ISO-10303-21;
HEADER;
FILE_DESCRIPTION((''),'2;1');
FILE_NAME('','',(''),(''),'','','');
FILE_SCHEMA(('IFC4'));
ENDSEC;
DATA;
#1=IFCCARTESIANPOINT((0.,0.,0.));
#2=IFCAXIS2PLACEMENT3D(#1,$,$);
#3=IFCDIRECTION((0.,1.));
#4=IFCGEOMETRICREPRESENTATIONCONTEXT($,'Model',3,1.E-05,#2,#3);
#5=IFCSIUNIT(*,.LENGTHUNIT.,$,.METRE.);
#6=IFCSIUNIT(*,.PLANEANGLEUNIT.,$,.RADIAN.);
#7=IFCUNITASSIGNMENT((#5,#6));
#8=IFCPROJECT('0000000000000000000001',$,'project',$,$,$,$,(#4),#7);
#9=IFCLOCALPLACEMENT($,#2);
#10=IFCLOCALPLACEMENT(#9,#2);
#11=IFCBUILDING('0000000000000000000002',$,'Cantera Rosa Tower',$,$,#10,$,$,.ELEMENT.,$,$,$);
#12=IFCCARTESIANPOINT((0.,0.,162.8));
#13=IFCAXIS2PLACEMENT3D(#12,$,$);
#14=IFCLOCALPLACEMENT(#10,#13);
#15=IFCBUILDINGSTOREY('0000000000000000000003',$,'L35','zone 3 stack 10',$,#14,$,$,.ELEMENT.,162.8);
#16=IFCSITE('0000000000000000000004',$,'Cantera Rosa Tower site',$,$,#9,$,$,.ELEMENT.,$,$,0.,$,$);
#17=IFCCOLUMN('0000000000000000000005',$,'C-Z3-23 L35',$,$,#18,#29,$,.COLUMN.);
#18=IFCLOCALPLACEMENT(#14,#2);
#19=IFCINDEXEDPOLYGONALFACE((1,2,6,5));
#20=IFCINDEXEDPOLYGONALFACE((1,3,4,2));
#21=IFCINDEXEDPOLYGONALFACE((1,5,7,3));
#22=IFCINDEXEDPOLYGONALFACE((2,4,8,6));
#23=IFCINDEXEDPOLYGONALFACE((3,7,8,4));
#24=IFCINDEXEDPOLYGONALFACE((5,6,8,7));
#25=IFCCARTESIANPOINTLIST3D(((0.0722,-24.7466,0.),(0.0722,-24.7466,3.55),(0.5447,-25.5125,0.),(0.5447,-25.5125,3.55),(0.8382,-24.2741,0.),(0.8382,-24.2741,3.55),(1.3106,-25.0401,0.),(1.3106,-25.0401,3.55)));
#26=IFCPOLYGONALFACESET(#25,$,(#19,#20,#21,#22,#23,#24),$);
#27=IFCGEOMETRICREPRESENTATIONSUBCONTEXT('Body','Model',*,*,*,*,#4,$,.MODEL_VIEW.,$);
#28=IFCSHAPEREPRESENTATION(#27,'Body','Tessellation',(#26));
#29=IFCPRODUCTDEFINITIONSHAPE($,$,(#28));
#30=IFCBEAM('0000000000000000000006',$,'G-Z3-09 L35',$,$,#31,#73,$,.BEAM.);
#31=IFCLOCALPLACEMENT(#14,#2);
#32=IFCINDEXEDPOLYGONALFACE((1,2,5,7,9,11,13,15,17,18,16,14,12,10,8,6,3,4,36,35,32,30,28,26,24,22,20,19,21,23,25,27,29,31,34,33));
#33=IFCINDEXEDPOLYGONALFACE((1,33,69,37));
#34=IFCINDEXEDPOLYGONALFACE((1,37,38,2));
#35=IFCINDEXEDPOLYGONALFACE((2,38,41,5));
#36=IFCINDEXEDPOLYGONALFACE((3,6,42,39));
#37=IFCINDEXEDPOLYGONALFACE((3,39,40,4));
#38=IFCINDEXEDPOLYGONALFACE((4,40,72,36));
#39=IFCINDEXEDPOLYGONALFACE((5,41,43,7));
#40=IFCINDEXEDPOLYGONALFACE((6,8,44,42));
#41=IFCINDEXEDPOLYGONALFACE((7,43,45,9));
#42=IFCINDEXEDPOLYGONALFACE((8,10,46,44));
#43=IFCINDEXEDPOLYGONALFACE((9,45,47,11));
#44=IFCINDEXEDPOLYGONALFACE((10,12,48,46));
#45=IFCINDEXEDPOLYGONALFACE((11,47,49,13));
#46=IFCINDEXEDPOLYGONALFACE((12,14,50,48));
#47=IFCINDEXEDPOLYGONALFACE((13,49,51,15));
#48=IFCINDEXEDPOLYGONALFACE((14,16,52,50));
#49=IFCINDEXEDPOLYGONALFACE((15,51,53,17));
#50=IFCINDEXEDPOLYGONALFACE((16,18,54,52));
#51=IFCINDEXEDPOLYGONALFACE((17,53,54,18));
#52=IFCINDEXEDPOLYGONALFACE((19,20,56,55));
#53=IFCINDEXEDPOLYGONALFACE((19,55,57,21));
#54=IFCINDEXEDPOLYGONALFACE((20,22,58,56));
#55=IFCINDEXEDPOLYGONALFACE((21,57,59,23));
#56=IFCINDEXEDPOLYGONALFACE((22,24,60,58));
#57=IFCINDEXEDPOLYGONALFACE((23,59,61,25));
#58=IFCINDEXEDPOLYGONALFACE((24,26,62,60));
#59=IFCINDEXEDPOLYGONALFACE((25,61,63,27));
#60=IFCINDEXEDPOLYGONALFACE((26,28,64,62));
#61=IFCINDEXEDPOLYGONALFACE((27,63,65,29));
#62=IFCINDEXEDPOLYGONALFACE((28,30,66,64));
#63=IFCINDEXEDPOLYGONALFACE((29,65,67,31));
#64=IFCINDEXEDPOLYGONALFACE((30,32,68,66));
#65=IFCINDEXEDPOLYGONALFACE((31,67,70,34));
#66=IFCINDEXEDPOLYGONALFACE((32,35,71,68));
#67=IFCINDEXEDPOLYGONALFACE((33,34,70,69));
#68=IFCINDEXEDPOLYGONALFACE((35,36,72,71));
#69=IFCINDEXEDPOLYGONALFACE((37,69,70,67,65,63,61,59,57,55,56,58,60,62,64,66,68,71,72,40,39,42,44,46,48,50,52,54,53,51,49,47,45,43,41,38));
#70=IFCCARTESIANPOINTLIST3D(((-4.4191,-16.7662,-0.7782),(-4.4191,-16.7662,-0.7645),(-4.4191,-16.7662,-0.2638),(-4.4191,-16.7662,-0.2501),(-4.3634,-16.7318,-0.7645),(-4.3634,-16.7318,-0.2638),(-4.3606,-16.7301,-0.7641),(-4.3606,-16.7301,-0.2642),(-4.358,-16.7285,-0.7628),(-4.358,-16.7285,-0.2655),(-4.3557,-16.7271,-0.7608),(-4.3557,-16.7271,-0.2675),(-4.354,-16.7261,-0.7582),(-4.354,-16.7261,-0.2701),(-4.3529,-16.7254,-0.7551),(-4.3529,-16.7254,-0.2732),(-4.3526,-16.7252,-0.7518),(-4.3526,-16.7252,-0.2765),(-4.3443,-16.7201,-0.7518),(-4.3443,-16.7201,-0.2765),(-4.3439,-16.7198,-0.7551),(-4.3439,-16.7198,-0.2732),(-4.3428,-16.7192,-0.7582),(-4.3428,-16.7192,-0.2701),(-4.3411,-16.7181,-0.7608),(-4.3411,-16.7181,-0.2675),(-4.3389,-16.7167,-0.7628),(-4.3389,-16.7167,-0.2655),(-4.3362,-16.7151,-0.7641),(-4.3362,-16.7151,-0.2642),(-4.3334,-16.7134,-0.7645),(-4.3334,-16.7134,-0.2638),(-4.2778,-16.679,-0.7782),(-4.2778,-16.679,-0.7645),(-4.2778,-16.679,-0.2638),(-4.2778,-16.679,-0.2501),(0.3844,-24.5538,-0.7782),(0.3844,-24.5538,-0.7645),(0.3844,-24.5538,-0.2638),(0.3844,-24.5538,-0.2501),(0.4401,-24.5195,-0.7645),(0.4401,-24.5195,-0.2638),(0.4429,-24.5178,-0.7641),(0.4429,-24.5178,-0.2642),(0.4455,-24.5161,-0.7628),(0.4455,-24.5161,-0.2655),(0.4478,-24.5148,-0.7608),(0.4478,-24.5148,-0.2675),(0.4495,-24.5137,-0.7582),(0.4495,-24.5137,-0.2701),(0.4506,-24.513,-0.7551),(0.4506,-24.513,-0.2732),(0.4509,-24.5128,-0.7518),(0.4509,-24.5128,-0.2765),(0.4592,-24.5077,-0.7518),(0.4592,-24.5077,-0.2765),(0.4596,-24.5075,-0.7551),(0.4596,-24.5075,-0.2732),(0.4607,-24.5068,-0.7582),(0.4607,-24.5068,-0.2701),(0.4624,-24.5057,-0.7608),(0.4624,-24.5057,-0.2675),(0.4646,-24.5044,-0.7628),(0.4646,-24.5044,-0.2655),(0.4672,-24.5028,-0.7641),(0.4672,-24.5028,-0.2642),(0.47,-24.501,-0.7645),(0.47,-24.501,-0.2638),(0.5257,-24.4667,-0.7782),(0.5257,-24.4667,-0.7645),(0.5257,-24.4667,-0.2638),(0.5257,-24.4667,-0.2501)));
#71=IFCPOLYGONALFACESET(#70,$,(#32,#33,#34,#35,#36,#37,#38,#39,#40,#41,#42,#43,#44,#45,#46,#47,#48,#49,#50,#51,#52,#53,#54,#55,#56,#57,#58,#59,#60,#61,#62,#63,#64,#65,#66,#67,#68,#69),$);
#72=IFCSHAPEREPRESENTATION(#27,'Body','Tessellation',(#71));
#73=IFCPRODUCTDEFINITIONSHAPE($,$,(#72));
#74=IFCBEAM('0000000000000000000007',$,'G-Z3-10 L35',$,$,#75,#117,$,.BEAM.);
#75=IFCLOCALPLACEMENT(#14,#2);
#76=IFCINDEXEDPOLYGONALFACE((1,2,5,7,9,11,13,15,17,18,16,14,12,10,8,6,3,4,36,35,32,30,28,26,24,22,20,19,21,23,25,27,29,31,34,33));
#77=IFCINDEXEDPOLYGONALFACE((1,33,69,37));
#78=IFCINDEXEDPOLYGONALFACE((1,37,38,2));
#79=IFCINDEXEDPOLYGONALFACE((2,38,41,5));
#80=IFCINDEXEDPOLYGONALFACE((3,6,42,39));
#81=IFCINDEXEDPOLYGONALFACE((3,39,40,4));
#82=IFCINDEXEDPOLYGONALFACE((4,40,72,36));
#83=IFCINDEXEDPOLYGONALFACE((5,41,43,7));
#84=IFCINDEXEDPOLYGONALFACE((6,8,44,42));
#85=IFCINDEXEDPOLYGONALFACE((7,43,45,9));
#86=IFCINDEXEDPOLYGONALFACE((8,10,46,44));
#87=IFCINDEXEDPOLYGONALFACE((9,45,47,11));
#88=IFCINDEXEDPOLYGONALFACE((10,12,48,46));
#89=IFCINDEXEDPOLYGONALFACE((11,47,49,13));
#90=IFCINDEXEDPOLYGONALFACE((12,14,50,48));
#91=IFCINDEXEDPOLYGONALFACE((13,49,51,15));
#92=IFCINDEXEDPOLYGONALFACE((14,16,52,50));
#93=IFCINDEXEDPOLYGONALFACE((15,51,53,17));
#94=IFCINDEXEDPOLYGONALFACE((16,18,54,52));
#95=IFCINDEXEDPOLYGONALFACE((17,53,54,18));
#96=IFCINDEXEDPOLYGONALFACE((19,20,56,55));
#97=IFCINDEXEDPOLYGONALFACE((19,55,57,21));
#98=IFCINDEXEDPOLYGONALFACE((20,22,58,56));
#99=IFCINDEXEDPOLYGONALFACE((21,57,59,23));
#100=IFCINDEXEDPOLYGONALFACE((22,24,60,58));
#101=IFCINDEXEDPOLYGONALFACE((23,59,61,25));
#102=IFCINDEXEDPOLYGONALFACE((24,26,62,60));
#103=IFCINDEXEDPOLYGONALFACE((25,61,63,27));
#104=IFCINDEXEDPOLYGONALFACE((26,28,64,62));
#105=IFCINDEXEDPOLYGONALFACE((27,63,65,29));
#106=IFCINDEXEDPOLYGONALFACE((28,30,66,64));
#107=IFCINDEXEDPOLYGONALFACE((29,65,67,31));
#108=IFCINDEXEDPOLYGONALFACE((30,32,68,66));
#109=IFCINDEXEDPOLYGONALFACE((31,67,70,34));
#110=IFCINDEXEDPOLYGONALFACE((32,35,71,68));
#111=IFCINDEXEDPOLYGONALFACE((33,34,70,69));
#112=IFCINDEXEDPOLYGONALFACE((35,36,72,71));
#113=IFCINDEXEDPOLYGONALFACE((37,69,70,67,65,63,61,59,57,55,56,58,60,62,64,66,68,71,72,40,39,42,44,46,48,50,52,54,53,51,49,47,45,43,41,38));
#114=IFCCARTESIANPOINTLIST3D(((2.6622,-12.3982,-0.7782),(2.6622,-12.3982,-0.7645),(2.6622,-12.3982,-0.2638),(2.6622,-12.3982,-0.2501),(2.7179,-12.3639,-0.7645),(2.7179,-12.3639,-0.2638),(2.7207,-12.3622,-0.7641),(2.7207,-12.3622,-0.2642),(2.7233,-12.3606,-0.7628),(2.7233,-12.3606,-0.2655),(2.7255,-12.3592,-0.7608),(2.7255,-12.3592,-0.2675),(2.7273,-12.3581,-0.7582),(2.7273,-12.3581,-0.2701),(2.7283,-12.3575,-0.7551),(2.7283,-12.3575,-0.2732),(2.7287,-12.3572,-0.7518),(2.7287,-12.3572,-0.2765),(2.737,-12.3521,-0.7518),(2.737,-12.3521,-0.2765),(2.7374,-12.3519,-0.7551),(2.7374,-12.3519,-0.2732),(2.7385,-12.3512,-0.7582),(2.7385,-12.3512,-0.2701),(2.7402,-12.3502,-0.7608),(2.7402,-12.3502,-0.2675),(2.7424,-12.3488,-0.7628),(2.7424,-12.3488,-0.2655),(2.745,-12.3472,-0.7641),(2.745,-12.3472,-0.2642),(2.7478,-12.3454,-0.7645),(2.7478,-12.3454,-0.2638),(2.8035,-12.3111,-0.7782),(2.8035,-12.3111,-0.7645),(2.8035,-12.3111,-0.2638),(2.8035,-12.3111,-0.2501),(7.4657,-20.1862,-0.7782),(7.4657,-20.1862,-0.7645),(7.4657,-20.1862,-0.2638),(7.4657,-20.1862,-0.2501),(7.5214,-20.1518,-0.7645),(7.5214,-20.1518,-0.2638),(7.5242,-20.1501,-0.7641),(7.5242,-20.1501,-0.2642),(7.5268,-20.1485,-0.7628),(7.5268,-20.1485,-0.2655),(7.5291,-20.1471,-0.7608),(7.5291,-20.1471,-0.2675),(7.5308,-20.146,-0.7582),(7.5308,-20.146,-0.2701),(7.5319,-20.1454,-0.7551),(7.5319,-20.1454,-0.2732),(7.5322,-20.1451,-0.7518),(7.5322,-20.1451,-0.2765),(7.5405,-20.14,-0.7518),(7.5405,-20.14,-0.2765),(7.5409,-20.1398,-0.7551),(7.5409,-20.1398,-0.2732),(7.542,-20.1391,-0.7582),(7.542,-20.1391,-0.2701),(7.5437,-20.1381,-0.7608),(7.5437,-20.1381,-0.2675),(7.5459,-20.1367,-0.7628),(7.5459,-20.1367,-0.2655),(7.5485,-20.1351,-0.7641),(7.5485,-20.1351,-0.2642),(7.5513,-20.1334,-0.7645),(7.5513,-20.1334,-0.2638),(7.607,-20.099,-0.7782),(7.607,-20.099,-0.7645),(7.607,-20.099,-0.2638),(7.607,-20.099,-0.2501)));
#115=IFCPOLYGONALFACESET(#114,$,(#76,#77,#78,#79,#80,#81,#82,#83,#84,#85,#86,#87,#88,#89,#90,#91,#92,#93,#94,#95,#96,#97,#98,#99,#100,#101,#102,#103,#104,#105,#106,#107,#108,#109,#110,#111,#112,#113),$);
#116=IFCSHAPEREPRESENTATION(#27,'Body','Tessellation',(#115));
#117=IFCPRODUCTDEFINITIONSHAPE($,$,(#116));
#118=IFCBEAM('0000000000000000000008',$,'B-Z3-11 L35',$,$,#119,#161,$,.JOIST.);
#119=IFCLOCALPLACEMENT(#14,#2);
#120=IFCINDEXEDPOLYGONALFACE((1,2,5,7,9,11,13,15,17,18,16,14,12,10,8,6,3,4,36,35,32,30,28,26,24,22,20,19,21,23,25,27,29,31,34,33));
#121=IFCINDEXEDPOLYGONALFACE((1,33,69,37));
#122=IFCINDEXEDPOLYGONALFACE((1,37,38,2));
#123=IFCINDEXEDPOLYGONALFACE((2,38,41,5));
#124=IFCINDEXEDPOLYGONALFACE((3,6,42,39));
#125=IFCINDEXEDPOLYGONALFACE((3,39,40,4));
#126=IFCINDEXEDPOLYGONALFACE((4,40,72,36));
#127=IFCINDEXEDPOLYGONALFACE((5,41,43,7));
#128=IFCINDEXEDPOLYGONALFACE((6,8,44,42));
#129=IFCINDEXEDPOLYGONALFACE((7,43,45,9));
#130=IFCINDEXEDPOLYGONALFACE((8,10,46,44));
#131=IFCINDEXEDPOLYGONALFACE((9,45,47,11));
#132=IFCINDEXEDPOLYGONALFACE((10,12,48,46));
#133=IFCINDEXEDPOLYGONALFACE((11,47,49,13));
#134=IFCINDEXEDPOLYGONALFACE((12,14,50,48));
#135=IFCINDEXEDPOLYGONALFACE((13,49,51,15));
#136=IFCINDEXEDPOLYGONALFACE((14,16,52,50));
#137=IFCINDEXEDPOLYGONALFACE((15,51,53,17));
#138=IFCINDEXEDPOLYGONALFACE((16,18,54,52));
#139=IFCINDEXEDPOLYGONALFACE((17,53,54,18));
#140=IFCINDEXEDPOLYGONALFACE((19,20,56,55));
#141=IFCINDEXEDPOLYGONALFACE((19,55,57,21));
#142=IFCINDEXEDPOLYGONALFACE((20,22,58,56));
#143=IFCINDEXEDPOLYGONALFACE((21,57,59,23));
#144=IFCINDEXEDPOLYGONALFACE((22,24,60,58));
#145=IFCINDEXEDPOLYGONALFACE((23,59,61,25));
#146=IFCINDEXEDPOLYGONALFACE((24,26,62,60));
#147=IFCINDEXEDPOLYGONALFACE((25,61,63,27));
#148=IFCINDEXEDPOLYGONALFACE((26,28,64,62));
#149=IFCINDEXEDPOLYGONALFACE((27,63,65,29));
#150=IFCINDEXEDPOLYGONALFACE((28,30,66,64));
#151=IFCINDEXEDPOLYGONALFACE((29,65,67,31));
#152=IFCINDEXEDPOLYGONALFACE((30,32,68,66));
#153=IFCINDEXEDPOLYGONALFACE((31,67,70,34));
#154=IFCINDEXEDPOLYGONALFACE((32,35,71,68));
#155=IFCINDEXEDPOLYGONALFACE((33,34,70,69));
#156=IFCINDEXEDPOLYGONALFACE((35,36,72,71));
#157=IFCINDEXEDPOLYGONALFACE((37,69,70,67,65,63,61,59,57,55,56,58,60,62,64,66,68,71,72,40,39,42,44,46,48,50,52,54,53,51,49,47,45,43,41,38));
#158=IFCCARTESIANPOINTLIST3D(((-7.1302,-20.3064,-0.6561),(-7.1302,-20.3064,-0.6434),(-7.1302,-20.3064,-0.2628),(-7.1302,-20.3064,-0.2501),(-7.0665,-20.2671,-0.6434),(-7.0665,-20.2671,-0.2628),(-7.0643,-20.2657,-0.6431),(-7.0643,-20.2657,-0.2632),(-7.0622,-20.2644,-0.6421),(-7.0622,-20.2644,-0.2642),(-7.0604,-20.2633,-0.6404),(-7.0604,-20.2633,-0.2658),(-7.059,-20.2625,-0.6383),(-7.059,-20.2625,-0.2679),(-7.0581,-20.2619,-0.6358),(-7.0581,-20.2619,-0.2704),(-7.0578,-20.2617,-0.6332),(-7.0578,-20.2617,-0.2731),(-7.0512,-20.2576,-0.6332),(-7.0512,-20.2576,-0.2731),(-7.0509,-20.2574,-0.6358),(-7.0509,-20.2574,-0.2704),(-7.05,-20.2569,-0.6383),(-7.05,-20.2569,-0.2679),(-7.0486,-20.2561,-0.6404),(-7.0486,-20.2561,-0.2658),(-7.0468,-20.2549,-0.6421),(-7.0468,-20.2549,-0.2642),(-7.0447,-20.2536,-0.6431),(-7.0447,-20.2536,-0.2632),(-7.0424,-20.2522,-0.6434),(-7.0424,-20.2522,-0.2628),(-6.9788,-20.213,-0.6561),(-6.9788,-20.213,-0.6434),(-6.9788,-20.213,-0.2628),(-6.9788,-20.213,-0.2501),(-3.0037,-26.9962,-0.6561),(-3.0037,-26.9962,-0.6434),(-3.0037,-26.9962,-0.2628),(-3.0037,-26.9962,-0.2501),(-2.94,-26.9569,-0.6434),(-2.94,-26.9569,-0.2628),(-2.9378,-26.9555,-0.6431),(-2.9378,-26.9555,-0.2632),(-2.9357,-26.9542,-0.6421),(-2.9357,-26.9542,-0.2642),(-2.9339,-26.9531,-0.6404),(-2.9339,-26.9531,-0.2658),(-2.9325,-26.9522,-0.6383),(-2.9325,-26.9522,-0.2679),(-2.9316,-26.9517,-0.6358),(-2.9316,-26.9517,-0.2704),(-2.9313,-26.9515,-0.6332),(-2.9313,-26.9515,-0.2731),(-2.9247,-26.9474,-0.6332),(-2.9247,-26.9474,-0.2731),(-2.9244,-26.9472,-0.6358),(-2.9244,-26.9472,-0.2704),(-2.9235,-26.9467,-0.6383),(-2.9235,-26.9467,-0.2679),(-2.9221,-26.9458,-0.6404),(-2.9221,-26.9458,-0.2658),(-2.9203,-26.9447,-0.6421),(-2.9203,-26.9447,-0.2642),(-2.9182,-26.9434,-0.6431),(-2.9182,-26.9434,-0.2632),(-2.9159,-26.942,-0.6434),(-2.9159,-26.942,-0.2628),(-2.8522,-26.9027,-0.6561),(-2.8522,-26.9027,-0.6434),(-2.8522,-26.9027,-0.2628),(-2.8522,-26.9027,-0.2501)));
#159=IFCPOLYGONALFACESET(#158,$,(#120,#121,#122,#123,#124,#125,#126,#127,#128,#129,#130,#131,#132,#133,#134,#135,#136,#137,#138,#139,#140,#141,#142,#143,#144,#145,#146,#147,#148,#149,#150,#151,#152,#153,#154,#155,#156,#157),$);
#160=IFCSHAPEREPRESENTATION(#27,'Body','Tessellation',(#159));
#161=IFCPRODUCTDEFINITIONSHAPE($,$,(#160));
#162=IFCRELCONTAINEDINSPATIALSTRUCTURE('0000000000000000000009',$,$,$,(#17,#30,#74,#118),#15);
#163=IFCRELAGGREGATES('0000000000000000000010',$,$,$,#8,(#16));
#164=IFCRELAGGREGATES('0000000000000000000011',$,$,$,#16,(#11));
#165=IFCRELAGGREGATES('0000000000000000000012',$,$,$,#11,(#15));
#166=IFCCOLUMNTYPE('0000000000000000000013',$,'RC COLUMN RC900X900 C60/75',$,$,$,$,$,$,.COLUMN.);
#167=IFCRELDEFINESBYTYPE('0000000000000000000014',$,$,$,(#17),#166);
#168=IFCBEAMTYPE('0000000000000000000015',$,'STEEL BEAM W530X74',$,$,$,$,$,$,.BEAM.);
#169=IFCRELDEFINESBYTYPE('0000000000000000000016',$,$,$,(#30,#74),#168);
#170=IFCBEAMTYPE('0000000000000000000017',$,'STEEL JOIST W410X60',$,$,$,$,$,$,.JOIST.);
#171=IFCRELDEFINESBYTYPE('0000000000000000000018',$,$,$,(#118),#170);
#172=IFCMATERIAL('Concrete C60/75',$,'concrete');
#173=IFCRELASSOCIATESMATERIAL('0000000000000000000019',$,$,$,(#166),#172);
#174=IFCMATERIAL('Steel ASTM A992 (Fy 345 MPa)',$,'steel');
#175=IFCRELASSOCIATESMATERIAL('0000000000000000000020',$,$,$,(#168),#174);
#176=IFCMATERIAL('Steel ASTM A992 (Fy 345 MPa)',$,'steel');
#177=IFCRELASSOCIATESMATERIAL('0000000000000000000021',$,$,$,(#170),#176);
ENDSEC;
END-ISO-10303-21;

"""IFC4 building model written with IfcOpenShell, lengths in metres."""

from ifc_helpers import new_model, si_unit, direction, frame, origin, origin_2d, place, context, subcontext, project, spatial, rectangle, i_section, extrude, material, material_profile, profile_set, type_object, element, save


model = new_model("IFC4")

# Units and contexts
model_context = context("Model", 3, precision=1e-05, world=origin(), true_north=direction((0.0, 1.0)))
body_context = subcontext(model_context, "Body", "Model", "MODEL_VIEW")
ifc_project = project(units=[si_unit("LENGTHUNIT", "METRE"), si_unit("PLANEANGLEUNIT", "RADIAN")], contexts=[model_context])

# Site, building, storey
site_placement = place(None, origin())
site = spatial("IfcSite", under=ifc_project, at=site_placement, Name="Cantera Rosa Tower site", CompositionType="ELEMENT", RefElevation=0.0)
building_placement = place(site_placement, origin())
building = spatial("IfcBuilding", under=site, at=building_placement, Name="Cantera Rosa Tower", CompositionType="ELEMENT")
storey_placement = place(building_placement, frame((0.0, 0.0, 162.8)))
storey = spatial("IfcBuildingStorey", under=building, at=storey_placement, Name="L35", Description="zone 3 stack 10", CompositionType="ELEMENT", Elevation=162.8)

# Column
ifc_material_1 = material(Name="Concrete C60/75", Category="concrete")
ifc_material_profile_1 = material_profile(ifc_material_1, rectangle(XDim=0.8999, YDim=0.8999, at=origin_2d()), Name="RC COLUMN RC900X900 C60/75")
ifc_profile_set_1 = profile_set([ifc_material_profile_1], Name="Concrete C60/75")
column_type = type_object("IfcColumnType", Name="RC COLUMN RC900X900 C60/75", PredefinedType="COLUMN", material=ifc_profile_set_1)
column_placement = place(storey_placement, frame((0.6914, -24.8933, 0.0), z_axis=(0.0, 0.0, 1.0), x_axis=(0.851117, 0.524977, 0.0)))
element("IfcColumn", 1, at=column_placement, inside=storey, type_object=column_type, Name="C-Z3-23 L35", PredefinedType="COLUMN", context=body_context, shape_type="SweptSolid", body=[
    extrude(rectangle(XDim=0.8999, YDim=0.8999, at=origin_2d()), origin(), (0.0, 0.0, 1.0), 3.55),
])

# Beams
ifc_material_2 = material(Name="Steel ASTM A992 (Fy 345 MPa)", Category="steel")
ifc_material_profile_2 = material_profile(ifc_material_2, i_section(OverallWidth=0.166, OverallDepth=0.5281, WebThickness=0.0098, FlangeThickness=0.0137, FilletRadius=0.0127, at=origin_2d()), Name="W530X74")
ifc_profile_set_2 = profile_set([ifc_material_profile_2], Name="Steel ASTM A992 (Fy 345 MPa)")
beam_type_1 = type_object("IfcBeamType", Name="STEEL BEAM W530X74", PredefinedType="BEAM", material=ifc_profile_set_2)
beam_1_placement = place(storey_placement, frame((0.4551, -24.5103, -0.5142), z_axis=(-0.524977, 0.851116, 0.0), x_axis=(-0.851116, -0.524977, 0.0)))
element("IfcBeam", 2, at=beam_1_placement, inside=storey, type_object=beam_type_1, Name="G-Z3-09 L35", PredefinedType="BEAM", context=body_context, shape_type="SweptSolid", body=[
    extrude(i_section(OverallWidth=0.166, OverallDepth=0.5281, WebThickness=0.0098, FlangeThickness=0.0137, FilletRadius=0.0127, at=origin_2d()), origin(), (0.0, 0.0, 1.0), 9.1499),
])
beam_2_placement = place(storey_placement, frame((7.5364, -20.1426, -0.5142), z_axis=(-0.524965, 0.851124, 0.0), x_axis=(-0.851124, -0.524965, 0.0)))
element("IfcBeam", 3, at=beam_2_placement, inside=storey, type_object=beam_type_1, Name="G-Z3-10 L35", PredefinedType="BEAM", context=body_context, shape_type="SweptSolid", body=[
    extrude(i_section(OverallWidth=0.166, OverallDepth=0.5281, WebThickness=0.0098, FlangeThickness=0.0137, FilletRadius=0.0127, at=origin_2d()), origin(), (0.0, 0.0, 1.0), 9.1501),
])
ifc_material_3 = material(Name="Steel ASTM A992 (Fy 345 MPa)", Category="steel")
ifc_material_profile_3 = material_profile(ifc_material_3, i_section(OverallWidth=0.178, OverallDepth=0.406, WebThickness=0.0078, FlangeThickness=0.0127, FilletRadius=0.0103, at=origin_2d()), Name="W410X60")
ifc_profile_set_3 = profile_set([ifc_material_profile_3], Name="Steel ASTM A992 (Fy 345 MPa)")
beam_type_2 = type_object("IfcBeamType", Name="STEEL JOIST W410X60", PredefinedType="JOIST", material=ifc_profile_set_3)
beam_3_placement = place(storey_placement, frame((-2.928, -26.9495, -0.4531), z_axis=(-0.524995, 0.851105, 0.0), x_axis=(-0.851105, -0.524995, 0.0)))
element("IfcBeam", 4, at=beam_3_placement, inside=storey, type_object=beam_type_2, Name="B-Z3-11 L35", PredefinedType="JOIST", context=body_context, shape_type="SweptSolid", body=[
    extrude(i_section(OverallWidth=0.178, OverallDepth=0.406, WebThickness=0.0078, FlangeThickness=0.0127, FilletRadius=0.0103, at=origin_2d()), origin(), (0.0, 0.0, 1.0), 7.8601),
])

save(model, "model.ifc")
